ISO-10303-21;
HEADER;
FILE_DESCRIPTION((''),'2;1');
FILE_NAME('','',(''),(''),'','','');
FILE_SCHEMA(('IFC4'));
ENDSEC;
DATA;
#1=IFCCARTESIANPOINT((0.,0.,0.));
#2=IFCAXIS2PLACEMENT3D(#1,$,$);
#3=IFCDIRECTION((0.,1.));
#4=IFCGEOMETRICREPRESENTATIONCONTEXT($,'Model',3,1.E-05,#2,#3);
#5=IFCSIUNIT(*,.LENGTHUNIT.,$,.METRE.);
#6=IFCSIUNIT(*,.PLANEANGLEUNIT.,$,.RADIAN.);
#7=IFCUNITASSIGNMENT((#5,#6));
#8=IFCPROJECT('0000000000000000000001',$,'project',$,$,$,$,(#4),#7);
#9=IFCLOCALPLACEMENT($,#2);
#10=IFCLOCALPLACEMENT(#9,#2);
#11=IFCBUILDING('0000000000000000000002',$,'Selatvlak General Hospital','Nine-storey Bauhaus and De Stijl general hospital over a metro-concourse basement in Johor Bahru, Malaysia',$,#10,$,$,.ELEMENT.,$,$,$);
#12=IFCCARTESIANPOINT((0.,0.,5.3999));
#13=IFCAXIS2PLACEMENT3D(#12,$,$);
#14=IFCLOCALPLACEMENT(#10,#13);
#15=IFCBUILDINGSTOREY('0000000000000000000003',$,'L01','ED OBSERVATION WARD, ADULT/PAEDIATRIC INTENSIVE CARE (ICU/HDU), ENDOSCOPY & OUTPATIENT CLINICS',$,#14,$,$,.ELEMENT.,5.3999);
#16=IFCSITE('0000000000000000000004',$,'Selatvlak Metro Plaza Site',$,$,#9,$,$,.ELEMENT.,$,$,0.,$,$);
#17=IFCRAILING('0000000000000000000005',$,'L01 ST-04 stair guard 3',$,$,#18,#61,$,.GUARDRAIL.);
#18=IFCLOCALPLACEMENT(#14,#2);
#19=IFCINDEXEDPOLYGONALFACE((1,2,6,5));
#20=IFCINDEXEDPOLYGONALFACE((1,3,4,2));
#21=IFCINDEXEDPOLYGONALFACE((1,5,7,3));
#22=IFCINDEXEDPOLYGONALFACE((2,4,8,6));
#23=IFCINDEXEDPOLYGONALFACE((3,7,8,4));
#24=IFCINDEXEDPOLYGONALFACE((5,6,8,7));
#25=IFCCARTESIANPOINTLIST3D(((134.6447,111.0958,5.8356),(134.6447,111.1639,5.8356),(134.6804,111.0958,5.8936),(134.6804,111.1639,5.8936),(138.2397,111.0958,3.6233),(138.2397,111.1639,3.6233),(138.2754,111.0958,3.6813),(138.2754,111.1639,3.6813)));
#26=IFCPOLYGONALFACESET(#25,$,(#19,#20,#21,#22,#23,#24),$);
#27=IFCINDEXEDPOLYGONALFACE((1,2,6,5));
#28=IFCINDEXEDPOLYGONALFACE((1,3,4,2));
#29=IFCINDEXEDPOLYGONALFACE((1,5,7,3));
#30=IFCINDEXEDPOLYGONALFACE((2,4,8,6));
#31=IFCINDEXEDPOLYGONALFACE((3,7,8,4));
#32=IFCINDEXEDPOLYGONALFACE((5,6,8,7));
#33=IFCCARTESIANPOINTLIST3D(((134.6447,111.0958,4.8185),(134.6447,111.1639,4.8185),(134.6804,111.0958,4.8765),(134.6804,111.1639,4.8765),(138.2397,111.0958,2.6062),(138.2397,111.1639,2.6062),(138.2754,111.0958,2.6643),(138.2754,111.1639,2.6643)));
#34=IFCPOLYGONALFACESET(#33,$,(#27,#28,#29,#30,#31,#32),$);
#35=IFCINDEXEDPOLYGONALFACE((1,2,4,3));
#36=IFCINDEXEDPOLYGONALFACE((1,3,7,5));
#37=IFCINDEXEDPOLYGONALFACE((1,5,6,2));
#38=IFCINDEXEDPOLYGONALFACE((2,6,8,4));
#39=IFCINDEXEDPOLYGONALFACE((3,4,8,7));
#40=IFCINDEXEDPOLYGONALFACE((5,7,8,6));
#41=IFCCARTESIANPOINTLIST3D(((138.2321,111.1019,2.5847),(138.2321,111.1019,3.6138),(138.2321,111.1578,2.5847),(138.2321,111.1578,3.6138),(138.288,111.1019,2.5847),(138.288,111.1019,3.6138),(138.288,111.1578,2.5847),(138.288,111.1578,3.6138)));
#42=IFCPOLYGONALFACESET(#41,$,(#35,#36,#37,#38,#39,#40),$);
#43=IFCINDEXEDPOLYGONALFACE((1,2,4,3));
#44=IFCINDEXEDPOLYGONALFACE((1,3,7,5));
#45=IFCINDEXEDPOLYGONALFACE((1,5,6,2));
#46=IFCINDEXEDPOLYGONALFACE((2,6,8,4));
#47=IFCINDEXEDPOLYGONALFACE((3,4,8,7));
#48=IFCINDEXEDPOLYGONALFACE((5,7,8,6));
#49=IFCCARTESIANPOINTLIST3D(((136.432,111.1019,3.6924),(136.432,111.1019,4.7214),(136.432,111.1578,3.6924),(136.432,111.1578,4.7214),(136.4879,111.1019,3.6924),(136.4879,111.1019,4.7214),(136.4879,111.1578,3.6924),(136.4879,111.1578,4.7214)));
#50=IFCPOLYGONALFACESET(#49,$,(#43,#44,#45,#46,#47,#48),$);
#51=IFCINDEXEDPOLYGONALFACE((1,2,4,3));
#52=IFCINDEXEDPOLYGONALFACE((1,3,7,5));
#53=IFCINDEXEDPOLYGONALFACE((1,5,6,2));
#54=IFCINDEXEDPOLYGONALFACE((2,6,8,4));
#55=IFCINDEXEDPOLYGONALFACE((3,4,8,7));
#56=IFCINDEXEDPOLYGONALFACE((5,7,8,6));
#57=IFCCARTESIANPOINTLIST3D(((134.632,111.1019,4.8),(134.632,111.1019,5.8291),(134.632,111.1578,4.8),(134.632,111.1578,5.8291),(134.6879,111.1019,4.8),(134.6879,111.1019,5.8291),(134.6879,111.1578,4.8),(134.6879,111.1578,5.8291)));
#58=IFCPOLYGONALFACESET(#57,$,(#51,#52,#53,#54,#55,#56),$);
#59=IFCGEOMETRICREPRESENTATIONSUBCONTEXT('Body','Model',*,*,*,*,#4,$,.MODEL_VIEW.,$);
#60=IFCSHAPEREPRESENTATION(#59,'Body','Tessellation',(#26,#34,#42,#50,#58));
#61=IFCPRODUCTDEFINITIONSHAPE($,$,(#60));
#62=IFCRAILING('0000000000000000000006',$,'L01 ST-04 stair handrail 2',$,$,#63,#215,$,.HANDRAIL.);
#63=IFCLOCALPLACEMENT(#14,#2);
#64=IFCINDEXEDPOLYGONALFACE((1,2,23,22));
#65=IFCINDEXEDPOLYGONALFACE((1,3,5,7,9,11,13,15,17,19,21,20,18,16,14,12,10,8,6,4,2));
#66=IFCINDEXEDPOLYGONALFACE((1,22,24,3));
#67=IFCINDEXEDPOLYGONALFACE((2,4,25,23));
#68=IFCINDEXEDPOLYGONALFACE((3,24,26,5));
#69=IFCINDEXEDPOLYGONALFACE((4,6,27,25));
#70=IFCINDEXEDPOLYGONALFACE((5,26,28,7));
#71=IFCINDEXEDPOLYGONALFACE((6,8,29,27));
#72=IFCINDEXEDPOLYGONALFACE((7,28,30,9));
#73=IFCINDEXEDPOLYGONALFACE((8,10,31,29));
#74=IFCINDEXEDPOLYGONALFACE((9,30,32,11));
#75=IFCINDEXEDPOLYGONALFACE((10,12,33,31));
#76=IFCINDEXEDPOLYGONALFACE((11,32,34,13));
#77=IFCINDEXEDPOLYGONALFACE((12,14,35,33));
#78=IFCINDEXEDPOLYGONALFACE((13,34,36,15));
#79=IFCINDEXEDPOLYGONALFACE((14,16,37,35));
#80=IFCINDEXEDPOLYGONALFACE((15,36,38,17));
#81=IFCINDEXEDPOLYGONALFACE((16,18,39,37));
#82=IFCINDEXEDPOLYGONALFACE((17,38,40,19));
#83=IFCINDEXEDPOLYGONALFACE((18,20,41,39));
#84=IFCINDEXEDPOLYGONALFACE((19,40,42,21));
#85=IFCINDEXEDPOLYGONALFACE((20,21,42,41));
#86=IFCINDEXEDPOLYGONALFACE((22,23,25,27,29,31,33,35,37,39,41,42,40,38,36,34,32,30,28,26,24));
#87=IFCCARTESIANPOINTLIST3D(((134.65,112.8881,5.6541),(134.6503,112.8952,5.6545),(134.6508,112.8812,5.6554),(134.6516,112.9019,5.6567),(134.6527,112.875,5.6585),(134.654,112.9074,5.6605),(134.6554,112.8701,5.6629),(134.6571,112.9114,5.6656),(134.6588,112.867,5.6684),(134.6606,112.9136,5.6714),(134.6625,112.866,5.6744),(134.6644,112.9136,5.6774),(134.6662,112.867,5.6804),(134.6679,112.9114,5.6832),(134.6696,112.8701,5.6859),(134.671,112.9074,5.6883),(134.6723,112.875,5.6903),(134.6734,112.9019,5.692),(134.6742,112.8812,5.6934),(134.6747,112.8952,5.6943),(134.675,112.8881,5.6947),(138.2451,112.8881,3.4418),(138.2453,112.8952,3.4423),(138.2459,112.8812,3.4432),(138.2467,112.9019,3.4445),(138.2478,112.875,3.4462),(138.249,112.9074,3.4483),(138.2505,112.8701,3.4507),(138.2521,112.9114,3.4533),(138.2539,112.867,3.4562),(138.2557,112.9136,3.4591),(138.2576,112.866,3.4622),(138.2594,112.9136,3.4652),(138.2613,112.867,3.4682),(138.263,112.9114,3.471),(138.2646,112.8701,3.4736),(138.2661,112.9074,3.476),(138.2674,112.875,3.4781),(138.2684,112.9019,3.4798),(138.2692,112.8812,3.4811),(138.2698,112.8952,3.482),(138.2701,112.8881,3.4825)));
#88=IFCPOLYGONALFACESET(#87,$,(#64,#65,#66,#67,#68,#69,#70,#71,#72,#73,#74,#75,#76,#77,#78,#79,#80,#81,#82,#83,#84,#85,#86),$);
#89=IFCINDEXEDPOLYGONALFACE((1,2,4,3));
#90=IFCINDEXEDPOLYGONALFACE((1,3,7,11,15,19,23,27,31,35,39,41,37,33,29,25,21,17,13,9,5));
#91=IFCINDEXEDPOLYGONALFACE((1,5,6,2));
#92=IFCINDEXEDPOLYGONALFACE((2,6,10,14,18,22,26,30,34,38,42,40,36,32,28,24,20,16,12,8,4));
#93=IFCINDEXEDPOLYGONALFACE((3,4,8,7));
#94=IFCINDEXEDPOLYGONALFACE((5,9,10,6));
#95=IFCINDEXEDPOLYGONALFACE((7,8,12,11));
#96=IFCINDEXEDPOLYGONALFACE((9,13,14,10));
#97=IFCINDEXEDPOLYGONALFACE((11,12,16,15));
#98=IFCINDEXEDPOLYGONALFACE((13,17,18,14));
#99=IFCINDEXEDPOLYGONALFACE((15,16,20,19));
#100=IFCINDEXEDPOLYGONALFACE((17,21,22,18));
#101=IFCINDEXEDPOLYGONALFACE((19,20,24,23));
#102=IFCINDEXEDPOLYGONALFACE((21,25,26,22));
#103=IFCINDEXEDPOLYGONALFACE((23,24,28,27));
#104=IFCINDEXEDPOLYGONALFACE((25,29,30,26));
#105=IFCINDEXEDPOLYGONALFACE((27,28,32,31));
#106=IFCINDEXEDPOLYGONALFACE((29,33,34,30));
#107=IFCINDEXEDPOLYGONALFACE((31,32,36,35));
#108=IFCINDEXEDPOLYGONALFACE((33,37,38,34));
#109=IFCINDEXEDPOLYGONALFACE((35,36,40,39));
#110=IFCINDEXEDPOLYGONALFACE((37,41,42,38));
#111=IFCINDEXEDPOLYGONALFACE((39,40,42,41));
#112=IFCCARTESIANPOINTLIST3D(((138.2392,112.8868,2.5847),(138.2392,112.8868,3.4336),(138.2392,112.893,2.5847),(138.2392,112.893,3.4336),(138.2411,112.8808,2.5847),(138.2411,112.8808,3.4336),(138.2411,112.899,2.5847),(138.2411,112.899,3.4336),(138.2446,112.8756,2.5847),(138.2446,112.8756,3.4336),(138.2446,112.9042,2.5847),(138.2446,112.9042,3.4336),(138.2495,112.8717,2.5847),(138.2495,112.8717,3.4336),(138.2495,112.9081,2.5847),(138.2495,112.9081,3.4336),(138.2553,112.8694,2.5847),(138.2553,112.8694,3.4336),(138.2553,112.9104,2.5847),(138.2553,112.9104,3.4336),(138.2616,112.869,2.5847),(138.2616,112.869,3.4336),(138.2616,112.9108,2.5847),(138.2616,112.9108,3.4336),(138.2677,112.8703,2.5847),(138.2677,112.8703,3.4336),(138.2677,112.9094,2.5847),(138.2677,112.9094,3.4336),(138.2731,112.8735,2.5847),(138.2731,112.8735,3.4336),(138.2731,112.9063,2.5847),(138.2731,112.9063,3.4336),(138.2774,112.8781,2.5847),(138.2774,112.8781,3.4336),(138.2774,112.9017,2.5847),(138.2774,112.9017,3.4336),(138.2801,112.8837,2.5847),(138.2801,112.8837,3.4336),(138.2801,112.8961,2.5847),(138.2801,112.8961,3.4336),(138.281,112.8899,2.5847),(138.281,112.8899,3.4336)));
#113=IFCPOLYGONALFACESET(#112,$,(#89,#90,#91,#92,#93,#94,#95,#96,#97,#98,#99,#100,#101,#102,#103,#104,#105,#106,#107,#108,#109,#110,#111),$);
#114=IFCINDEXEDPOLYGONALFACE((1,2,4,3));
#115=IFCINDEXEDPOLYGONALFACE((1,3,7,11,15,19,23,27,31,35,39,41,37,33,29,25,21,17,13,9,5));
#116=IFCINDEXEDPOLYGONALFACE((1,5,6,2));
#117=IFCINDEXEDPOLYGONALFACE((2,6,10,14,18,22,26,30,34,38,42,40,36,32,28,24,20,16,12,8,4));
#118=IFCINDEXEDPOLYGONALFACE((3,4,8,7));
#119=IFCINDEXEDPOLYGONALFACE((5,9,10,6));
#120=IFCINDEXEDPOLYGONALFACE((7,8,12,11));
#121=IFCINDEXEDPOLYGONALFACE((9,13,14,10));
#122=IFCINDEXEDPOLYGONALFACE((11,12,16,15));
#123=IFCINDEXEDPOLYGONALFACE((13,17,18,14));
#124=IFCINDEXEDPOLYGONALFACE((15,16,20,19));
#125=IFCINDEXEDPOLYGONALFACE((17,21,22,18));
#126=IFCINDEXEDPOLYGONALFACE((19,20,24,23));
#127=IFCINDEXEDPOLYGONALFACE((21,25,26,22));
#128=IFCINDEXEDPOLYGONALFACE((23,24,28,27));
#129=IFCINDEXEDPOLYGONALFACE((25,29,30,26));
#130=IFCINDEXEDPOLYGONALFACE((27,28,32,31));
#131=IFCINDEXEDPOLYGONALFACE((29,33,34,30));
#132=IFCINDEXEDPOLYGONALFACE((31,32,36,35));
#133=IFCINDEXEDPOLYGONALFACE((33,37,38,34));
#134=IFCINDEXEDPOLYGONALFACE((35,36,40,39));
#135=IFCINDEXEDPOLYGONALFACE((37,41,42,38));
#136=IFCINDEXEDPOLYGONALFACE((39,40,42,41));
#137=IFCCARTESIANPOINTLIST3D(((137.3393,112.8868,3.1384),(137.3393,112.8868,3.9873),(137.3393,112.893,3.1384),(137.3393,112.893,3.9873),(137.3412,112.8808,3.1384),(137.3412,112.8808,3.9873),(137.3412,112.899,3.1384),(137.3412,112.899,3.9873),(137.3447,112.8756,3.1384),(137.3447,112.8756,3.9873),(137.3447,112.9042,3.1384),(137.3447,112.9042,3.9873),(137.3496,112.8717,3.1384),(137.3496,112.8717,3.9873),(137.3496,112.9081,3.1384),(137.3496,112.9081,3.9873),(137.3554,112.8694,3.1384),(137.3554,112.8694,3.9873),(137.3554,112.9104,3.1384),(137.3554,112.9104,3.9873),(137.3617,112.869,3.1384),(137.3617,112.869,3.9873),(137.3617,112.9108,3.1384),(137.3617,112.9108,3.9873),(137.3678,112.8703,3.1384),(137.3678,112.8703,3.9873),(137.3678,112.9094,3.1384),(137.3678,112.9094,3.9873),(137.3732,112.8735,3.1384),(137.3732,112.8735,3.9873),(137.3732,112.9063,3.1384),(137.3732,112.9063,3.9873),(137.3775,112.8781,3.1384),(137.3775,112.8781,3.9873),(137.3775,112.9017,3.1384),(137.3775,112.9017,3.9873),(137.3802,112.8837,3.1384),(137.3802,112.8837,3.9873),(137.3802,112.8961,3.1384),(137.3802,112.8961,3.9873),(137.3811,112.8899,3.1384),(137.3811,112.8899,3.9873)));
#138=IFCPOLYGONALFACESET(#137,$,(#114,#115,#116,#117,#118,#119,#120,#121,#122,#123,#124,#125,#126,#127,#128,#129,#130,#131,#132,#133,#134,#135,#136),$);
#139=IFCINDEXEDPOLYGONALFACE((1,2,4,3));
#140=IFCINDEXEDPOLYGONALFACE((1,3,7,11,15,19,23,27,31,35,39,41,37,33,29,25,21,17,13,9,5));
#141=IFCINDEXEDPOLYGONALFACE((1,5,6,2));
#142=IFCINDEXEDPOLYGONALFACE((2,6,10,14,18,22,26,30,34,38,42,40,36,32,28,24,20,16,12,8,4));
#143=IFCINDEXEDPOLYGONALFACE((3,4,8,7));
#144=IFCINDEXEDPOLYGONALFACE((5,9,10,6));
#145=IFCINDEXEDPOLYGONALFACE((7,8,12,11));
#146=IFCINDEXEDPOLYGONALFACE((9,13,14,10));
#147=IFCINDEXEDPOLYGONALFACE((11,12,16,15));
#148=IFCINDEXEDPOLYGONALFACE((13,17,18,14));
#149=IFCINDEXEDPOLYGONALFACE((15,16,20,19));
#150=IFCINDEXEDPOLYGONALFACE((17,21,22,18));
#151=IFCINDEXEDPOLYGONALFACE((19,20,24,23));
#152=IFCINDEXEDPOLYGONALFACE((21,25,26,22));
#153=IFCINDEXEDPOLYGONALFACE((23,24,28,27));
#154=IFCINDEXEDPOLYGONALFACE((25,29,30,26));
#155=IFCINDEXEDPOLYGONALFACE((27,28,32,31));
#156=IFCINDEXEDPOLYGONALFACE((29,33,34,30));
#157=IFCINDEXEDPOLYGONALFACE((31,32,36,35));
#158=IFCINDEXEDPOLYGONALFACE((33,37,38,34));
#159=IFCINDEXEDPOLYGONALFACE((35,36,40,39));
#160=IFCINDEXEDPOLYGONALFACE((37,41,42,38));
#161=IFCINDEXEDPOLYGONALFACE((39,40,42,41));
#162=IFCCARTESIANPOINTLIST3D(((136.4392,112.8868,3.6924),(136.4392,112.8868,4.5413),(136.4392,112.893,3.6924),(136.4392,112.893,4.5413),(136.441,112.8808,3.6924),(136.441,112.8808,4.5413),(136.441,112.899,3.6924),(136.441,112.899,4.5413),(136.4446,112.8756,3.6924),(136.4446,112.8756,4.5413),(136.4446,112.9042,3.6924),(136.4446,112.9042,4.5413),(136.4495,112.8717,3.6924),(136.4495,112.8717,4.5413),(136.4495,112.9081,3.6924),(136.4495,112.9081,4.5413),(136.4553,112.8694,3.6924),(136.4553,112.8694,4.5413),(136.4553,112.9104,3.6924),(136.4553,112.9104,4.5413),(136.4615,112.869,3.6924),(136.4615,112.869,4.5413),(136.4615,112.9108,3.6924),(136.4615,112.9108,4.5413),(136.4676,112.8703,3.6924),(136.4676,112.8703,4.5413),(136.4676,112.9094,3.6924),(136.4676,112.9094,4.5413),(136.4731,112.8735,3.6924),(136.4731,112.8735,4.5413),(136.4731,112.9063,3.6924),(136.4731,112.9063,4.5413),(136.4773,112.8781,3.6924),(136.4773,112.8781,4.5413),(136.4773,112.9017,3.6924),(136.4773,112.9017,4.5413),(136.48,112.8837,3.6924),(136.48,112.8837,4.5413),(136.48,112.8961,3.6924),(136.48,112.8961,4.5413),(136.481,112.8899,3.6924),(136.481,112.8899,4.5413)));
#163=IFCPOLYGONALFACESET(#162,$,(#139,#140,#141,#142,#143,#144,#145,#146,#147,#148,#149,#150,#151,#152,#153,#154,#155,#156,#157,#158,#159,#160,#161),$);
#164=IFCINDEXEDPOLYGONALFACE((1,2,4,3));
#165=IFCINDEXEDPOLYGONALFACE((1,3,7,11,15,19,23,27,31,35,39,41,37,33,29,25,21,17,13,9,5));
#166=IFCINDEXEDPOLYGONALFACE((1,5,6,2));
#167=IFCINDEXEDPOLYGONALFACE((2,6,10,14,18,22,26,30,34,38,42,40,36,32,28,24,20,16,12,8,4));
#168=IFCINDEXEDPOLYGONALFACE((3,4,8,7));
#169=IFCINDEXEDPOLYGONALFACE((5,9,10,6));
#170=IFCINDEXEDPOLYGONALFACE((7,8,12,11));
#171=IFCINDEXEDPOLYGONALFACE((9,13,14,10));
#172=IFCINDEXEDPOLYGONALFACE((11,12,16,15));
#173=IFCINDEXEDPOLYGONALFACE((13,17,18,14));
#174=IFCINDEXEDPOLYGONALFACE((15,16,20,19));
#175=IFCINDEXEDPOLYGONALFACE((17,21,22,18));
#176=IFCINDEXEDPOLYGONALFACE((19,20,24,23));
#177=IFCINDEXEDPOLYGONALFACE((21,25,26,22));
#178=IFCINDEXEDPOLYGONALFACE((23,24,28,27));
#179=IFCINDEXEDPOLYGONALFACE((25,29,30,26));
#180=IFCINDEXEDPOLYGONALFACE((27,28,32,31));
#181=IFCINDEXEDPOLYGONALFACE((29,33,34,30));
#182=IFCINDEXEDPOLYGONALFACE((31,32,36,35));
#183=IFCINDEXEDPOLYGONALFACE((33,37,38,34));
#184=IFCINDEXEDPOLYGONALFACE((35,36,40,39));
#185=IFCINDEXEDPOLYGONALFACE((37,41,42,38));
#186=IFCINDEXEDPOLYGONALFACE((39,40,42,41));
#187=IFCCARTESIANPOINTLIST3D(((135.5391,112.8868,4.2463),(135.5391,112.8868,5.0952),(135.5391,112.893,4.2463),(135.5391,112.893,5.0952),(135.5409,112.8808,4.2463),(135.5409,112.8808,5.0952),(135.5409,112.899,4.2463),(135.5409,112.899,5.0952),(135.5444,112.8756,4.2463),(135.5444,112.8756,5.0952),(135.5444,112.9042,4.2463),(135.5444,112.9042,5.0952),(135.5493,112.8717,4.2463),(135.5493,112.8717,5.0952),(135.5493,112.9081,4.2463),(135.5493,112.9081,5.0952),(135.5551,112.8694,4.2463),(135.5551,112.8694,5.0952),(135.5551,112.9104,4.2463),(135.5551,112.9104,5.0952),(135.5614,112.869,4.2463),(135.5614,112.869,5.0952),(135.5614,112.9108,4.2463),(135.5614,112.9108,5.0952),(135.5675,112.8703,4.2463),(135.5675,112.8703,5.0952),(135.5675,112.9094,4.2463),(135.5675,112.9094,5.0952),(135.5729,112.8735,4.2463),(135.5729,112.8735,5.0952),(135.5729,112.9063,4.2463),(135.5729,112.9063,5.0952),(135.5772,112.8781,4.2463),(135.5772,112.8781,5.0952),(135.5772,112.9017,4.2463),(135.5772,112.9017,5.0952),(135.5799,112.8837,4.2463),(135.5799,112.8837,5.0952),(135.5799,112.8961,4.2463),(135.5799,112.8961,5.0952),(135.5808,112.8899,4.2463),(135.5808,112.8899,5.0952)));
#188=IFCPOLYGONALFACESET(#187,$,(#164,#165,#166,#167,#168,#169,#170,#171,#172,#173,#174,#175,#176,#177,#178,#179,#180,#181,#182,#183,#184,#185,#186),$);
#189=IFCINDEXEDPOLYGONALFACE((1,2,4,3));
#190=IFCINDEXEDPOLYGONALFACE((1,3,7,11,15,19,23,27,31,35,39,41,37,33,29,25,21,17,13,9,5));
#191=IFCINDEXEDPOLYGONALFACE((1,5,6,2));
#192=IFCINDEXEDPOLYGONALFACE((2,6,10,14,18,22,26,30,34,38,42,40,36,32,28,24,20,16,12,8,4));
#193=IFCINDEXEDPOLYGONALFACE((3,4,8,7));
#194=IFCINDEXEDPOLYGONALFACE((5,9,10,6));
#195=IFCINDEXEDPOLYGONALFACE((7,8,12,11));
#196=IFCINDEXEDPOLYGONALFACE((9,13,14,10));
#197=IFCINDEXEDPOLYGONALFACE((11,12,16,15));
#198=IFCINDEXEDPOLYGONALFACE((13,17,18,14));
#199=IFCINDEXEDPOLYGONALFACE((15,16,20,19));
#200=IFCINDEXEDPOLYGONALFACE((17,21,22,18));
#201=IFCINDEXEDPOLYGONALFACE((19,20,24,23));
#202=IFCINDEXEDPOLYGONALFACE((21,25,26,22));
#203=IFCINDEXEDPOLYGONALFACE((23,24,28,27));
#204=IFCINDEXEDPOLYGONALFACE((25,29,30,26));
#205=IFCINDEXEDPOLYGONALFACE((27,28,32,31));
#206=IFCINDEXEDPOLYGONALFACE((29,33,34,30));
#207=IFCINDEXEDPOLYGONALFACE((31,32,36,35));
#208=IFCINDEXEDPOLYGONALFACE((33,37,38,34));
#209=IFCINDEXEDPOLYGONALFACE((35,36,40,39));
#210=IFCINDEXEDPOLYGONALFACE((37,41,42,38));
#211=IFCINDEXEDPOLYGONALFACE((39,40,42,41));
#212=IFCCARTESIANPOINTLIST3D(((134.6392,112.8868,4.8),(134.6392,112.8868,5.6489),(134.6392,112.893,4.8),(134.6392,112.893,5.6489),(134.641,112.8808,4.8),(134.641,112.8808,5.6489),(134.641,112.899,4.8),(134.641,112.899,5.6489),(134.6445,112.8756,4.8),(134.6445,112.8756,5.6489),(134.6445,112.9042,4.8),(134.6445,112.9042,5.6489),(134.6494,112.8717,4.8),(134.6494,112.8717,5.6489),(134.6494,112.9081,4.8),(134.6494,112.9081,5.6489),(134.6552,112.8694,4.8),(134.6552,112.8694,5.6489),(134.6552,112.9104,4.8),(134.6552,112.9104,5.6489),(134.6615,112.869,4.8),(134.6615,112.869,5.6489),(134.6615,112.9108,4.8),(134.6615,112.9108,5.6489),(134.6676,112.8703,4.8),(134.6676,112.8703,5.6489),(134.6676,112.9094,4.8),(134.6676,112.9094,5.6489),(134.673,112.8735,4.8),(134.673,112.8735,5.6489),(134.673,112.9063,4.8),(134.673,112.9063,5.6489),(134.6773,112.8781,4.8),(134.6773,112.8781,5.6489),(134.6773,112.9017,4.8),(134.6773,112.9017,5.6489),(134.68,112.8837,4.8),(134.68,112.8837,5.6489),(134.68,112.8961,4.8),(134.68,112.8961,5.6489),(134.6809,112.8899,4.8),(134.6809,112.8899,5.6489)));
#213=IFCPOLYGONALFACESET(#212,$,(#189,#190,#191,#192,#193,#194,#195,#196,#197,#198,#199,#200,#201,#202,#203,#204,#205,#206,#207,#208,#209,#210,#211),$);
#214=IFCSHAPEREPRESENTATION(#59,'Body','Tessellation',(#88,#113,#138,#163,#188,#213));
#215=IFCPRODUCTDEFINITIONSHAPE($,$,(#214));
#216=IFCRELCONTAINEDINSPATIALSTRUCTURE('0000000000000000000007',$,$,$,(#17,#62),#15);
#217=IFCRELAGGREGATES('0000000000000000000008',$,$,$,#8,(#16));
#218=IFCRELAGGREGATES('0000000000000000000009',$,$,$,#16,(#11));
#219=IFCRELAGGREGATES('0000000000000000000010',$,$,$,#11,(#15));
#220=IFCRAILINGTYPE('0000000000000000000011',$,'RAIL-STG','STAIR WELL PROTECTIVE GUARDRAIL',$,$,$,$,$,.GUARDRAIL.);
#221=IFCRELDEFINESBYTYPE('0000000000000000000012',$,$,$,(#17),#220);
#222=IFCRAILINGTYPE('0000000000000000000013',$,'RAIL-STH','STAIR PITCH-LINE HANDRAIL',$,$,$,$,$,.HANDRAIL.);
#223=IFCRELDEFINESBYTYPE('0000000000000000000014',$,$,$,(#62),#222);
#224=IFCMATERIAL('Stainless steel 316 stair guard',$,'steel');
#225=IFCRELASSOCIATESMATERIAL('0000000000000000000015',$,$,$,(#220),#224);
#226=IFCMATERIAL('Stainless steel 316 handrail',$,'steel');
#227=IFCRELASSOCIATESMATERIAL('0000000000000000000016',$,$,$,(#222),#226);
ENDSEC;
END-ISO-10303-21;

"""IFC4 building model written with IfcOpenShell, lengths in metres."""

from ifc_helpers import new_model, si_unit, direction, frame, origin, origin_2d, place, context, subcontext, project, spatial, rectangle, circle, extrude, material, type_object, element, save


model = new_model("IFC4")

# Units and contexts
model_context = context("Model", 3, precision=1e-05, world=origin(), true_north=direction((0.0, 1.0)))
body_context = subcontext(model_context, "Body", "Model", "MODEL_VIEW")
ifc_project = project(units=[si_unit("LENGTHUNIT", "METRE"), si_unit("PLANEANGLEUNIT", "RADIAN")], contexts=[model_context])

# Site, building, storey
site_placement = place(None, origin())
site = spatial("IfcSite", under=ifc_project, at=site_placement, Name="Selatvlak Metro Plaza Site", CompositionType="ELEMENT", RefElevation=0.0)
building_placement = place(site_placement, origin())
building = spatial("IfcBuilding", under=site, at=building_placement, Name="Selatvlak General Hospital", Description="Nine-storey Bauhaus and De Stijl general hospital over a metro-concourse basement in Johor Bahru, Malaysia", CompositionType="ELEMENT")
storey_placement = place(building_placement, frame((0.0, 0.0, 5.3999)))
storey = spatial("IfcBuildingStorey", under=building, at=storey_placement, Name="L01", Description="ED OBSERVATION WARD, ADULT/PAEDIATRIC INTENSIVE CARE (ICU/HDU), ENDOSCOPY & OUTPATIENT CLINICS", CompositionType="ELEMENT", Elevation=5.3999)

# Railings
ifc_material_1 = material(Name="Stainless steel 316 stair guard", Category="steel")
railing_type_1 = type_object("IfcRailingType", Name="RAIL-STG", Description="STAIR WELL PROTECTIVE GUARDRAIL", PredefinedType="GUARDRAIL", material=ifc_material_1)
railing_1_placement = place(storey_placement, frame((138.26, 111.1299, 2.5847)))
element("IfcRailing", 1, at=railing_1_placement, inside=storey, type_object=railing_type_1, Name="L01 ST-04 stair guard 3", PredefinedType="GUARDRAIL", context=body_context, shape_type="SweptSolid", body=[
    extrude(rectangle(XDim=0.0681, YDim=0.0681, at=origin_2d()), frame((-0.0024, 0.0, 1.0676), z_axis=(-0.85167, 0.0, 0.524078), x_axis=(0.0, -1.0, 0.0)), (0.0, 0.0, 1.0), 4.2212),
    extrude(rectangle(XDim=0.0681, YDim=0.0681, at=origin_2d()), frame((-0.0024, 0.0, 0.0505), z_axis=(-0.85167, 0.0, 0.524078), x_axis=(0.0, -1.0, 0.0)), (0.0, 0.0, 1.0), 4.2212),
    extrude(rectangle(XDim=0.0559, YDim=0.0559, at=origin_2d()), origin(), (0.0, 0.0, 1.0), 1.0291),
    extrude(rectangle(XDim=0.0559, YDim=0.0559, at=origin_2d()), frame((-1.8, 0.0, 1.1077)), (0.0, 0.0, 1.0), 1.0291),
    extrude(rectangle(XDim=0.0559, YDim=0.0559, at=origin_2d()), frame((-3.6001, 0.0, 2.2153)), (0.0, 0.0, 1.0), 1.0291),
])
ifc_material_2 = material(Name="Stainless steel 316 handrail", Category="steel")
railing_type_2 = type_object("IfcRailingType", Name="RAIL-STH", Description="STAIR PITCH-LINE HANDRAIL", PredefinedType="HANDRAIL", material=ifc_material_2)
railing_2_placement = place(storey_placement, frame((138.26, 112.8899, 2.5847)))
element("IfcRailing", 2, at=railing_2_placement, inside=storey, type_object=railing_type_2, Name="L01 ST-04 stair handrail 2", PredefinedType="HANDRAIL", context=body_context, shape_type="SweptSolid", body=[
    extrude(circle(Radius=0.0239, at=origin_2d()), frame((-0.0024, 0.0, 0.8774), z_axis=(-0.85167, 0.0, 0.524078), x_axis=(0.0, -1.0, 0.0)), (0.0, 0.0, 1.0), 4.2212),
    extrude(circle(Radius=0.021, at=origin_2d()), origin(), (0.0, 0.0, 1.0), 0.8489),
    extrude(circle(Radius=0.021, at=origin_2d()), frame((-0.8999, 0.0, 0.5537)), (0.0, 0.0, 1.0), 0.8489),
    extrude(circle(Radius=0.021, at=origin_2d()), frame((-1.8, 0.0, 1.1077)), (0.0, 0.0, 1.0), 0.8489),
    extrude(circle(Radius=0.021, at=origin_2d()), frame((-2.7002, 0.0, 1.6616)), (0.0, 0.0, 1.0), 0.8489),
    extrude(circle(Radius=0.021, at=origin_2d()), frame((-3.6001, 0.0, 2.2153)), (0.0, 0.0, 1.0), 0.8489),
])

save(model, "model.ifc")
